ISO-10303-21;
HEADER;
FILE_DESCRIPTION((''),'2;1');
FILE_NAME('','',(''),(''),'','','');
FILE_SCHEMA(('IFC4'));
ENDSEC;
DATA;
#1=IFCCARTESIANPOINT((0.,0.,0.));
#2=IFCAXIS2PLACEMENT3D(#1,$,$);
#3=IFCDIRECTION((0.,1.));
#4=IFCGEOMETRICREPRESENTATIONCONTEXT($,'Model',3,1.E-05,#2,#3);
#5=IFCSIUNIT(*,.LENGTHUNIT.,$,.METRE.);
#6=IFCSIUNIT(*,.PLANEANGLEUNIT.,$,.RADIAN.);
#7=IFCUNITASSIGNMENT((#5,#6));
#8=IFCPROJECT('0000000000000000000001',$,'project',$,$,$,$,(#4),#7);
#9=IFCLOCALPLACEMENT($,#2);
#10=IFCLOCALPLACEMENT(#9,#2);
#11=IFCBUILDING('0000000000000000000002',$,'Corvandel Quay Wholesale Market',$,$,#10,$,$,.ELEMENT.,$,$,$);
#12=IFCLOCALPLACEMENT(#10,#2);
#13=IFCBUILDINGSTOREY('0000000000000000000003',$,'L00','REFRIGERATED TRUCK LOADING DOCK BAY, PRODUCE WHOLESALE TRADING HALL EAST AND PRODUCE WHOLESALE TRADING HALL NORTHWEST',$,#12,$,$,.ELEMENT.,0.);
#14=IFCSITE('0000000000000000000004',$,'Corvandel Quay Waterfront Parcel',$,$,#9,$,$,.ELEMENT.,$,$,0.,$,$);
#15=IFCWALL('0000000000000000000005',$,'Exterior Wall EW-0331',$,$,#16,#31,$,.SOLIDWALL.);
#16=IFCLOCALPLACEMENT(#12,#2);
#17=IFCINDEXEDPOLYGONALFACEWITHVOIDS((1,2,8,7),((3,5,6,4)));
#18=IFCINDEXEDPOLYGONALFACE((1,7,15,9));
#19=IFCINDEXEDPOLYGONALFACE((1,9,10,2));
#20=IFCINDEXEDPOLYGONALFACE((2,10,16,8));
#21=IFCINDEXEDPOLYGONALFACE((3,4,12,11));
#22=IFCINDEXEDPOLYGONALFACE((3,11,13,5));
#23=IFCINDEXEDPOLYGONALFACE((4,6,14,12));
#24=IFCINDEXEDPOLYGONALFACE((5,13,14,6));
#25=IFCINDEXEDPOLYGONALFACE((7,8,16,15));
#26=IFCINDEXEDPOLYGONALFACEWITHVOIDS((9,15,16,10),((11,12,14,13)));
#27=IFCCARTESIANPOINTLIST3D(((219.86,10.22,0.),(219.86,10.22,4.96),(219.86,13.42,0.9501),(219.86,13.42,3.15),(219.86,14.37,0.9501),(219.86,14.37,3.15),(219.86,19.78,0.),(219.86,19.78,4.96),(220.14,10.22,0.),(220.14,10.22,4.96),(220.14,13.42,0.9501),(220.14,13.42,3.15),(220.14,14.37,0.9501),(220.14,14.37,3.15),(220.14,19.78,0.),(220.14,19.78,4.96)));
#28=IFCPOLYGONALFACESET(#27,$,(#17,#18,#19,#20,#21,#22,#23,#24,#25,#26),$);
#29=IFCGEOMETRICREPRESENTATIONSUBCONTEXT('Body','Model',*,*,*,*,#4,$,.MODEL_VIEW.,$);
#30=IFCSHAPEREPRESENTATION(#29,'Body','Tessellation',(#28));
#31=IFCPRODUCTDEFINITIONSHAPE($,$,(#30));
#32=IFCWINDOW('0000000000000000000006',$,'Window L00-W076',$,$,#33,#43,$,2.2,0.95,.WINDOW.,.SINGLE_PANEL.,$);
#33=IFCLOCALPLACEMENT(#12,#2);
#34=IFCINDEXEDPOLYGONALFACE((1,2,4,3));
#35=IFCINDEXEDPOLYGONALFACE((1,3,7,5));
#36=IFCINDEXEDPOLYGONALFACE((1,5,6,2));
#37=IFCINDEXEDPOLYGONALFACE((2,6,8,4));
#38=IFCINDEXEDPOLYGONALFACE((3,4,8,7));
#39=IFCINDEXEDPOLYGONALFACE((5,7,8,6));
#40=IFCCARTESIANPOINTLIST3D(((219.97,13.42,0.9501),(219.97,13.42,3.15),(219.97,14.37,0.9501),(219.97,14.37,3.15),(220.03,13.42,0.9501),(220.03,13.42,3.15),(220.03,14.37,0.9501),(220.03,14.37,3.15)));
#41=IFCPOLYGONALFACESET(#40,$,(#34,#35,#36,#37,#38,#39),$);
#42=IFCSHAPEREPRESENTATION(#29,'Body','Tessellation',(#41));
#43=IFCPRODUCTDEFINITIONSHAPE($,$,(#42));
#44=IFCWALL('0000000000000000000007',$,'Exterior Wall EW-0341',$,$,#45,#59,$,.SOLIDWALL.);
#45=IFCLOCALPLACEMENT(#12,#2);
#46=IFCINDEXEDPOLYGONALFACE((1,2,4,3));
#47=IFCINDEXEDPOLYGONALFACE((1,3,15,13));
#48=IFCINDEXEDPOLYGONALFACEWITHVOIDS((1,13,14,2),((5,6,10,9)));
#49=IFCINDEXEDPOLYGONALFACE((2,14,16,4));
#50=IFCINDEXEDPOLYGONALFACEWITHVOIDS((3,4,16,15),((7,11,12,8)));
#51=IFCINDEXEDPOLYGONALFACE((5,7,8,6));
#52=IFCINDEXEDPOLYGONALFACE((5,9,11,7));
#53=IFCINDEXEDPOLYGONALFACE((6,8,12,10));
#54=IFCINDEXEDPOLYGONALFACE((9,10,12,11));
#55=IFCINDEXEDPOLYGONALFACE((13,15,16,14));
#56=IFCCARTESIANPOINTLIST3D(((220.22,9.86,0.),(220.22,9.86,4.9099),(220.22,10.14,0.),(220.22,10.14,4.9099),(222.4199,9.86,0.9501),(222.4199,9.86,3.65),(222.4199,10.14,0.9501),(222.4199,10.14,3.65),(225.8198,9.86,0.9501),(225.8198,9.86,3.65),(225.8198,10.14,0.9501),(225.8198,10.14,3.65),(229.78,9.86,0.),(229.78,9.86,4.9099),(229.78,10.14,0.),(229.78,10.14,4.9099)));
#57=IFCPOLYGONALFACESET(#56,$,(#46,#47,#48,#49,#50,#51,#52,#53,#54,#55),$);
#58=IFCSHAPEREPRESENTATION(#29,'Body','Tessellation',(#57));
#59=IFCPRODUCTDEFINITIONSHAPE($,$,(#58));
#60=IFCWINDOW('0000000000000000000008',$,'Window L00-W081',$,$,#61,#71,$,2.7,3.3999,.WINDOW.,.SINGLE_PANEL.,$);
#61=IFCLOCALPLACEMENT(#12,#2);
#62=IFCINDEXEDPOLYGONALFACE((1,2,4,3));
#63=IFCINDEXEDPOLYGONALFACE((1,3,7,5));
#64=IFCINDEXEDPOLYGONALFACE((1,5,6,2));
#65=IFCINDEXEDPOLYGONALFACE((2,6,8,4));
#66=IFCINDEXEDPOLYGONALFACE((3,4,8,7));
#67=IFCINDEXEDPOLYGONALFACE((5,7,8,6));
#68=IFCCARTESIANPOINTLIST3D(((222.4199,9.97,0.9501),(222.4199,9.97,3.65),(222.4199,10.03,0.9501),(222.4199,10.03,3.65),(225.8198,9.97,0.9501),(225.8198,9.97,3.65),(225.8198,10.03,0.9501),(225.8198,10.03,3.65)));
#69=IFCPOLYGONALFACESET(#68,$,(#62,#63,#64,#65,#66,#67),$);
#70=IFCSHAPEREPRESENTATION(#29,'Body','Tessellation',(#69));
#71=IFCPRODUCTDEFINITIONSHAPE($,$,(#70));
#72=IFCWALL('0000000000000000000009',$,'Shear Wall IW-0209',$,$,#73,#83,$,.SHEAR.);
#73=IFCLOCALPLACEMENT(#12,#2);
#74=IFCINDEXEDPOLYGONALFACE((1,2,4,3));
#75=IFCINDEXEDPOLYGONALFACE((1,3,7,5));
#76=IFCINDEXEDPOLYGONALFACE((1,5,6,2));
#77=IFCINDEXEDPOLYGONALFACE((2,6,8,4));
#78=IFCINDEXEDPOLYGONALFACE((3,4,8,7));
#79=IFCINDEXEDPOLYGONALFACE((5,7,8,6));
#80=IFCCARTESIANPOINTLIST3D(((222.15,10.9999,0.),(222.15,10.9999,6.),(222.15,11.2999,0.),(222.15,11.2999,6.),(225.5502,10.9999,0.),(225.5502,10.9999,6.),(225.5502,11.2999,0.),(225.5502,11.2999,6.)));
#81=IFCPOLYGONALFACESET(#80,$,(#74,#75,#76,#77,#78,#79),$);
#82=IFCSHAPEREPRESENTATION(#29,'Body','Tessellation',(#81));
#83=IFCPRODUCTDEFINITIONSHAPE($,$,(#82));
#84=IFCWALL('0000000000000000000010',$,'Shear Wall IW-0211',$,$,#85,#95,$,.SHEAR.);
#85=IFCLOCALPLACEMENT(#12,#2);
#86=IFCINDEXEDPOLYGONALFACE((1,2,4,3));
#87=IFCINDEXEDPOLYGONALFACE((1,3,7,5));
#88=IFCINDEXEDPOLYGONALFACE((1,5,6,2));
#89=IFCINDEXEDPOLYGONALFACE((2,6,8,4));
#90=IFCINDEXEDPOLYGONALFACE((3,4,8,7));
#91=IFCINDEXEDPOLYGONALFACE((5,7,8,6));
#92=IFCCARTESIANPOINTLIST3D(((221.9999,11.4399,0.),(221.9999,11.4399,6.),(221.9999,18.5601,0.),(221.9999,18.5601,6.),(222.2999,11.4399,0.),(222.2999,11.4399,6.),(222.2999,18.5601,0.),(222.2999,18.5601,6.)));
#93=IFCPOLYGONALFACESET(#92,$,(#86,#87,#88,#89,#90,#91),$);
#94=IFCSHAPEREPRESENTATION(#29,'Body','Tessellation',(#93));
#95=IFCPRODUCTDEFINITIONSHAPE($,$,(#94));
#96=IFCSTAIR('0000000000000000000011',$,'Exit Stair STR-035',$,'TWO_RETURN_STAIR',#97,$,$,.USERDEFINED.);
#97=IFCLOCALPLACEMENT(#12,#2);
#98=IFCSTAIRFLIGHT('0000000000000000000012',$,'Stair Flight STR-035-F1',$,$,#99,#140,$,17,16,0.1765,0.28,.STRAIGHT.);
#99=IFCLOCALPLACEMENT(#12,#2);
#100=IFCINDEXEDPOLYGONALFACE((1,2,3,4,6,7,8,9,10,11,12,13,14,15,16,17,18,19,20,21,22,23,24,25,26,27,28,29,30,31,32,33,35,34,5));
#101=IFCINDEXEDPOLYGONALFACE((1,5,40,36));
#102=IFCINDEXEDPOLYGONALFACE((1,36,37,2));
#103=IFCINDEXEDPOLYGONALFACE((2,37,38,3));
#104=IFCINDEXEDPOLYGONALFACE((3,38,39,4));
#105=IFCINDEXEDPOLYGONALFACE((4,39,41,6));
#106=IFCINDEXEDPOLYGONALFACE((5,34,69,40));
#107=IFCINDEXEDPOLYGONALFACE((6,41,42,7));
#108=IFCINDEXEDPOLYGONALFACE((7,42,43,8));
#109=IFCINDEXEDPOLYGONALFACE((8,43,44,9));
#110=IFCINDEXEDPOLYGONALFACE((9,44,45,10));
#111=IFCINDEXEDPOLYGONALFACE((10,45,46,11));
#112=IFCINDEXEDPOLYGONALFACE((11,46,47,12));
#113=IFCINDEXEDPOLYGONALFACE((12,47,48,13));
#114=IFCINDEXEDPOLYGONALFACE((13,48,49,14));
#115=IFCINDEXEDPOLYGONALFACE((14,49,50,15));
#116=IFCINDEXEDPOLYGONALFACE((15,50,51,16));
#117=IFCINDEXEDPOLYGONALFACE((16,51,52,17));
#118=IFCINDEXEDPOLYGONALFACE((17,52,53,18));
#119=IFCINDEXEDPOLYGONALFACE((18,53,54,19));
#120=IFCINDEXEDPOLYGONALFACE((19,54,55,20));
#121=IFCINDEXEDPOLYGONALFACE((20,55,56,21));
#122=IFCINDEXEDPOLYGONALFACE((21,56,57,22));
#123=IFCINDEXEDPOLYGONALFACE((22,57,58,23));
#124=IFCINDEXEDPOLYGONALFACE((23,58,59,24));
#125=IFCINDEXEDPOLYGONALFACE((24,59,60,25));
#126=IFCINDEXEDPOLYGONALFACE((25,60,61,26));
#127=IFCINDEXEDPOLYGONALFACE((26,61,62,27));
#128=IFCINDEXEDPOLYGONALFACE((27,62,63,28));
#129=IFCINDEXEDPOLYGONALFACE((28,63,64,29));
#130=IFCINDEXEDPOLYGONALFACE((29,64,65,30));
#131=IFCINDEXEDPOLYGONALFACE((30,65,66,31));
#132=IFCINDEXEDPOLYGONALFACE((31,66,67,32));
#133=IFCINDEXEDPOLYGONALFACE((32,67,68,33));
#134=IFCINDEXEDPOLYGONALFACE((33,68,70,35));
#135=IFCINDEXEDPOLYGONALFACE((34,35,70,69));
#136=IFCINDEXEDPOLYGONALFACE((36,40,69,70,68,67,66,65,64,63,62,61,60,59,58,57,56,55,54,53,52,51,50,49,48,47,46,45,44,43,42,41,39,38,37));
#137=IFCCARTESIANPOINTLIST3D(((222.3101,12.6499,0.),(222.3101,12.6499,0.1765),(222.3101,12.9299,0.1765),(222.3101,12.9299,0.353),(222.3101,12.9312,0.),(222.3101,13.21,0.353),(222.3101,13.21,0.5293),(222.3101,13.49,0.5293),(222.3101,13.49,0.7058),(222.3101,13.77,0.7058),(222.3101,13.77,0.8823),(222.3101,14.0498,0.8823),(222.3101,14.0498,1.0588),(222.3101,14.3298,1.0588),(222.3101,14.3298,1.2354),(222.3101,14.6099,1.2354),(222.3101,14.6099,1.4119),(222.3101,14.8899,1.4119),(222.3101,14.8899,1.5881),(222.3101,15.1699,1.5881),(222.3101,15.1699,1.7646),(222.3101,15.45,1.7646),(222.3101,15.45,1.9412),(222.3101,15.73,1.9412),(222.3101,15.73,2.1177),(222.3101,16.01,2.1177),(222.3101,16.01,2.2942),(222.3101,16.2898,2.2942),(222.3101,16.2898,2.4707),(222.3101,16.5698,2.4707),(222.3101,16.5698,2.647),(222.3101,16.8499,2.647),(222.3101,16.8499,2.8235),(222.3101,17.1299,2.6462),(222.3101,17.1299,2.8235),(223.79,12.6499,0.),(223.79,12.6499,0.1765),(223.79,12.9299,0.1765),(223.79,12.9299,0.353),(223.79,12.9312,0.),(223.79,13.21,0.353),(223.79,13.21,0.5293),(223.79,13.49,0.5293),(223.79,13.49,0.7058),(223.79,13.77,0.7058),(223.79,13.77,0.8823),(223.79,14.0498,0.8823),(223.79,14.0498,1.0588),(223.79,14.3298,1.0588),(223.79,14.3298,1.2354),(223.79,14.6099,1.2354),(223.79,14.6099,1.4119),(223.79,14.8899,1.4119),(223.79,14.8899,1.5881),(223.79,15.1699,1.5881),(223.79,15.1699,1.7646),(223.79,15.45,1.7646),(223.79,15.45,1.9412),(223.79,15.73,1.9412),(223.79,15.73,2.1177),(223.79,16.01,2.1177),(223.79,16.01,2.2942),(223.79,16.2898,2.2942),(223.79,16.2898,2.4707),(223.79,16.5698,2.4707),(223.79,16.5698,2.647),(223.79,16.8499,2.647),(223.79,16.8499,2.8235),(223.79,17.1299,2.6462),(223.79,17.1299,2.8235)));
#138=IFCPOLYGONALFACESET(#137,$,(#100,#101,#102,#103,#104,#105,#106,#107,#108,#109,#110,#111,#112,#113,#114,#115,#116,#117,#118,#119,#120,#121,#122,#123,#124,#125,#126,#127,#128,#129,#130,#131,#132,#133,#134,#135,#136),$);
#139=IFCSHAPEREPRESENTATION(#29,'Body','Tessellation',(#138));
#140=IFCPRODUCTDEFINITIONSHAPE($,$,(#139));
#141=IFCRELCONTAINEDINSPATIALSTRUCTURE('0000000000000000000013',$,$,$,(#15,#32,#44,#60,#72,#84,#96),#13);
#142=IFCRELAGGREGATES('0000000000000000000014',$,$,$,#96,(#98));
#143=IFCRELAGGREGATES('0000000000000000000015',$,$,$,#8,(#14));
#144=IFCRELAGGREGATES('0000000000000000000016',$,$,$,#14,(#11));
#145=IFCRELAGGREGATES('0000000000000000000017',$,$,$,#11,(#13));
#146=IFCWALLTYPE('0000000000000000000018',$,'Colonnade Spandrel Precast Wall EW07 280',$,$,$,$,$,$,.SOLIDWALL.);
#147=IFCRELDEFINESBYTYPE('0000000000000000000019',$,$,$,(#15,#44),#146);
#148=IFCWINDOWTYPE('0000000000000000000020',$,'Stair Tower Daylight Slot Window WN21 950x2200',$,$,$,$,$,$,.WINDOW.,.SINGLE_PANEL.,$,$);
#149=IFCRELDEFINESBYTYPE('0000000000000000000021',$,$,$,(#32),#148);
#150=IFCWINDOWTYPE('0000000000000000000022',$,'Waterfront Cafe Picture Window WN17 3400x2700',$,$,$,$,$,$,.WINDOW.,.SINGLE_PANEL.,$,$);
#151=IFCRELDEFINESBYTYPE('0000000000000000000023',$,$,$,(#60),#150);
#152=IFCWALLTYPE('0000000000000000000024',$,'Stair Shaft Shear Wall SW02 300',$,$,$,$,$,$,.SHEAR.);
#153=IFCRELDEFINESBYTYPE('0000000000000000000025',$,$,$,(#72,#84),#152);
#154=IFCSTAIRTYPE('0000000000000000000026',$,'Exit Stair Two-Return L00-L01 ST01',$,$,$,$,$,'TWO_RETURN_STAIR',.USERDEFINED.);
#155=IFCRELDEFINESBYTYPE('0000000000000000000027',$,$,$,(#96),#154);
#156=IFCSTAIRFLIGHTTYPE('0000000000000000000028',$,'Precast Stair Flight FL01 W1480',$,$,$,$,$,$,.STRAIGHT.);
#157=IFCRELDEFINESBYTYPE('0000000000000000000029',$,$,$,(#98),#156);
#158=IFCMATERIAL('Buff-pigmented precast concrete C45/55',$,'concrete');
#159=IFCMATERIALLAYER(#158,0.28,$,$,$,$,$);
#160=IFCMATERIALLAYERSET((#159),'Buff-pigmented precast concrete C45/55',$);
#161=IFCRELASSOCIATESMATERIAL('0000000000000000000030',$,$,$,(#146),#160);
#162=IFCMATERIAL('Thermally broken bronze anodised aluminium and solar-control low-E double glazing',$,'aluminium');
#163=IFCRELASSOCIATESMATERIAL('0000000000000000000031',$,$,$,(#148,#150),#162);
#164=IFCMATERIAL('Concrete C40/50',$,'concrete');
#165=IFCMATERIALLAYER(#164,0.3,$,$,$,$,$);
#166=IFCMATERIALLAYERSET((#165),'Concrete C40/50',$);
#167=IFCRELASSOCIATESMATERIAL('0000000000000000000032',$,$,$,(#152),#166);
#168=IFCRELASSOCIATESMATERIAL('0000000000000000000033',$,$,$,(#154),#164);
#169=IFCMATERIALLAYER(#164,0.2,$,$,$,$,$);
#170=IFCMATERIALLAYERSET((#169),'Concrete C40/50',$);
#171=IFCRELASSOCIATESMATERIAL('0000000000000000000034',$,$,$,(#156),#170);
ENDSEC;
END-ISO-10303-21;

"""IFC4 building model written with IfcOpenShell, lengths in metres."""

from ifc_helpers import new_model, si_unit, direction, frame, frame_2d, origin, place, context, subcontext, project, spatial, polyline, rectangle, outline, extrude, material, layer, layer_set, type_object, element, fill, aggregate, save


model = new_model("IFC4")

# Units and contexts
model_context = context("Model", 3, precision=1e-05, world=origin(), true_north=direction((0.0, 1.0)))
body_context = subcontext(model_context, "Body", "Model", "MODEL_VIEW")
ifc_project = project(units=[si_unit("LENGTHUNIT", "METRE"), si_unit("PLANEANGLEUNIT", "RADIAN")], contexts=[model_context])

# Site, building, storey
site_placement = place(None, origin())
site = spatial("IfcSite", under=ifc_project, at=site_placement, Name="Corvandel Quay Waterfront Parcel", CompositionType="ELEMENT", RefElevation=0.0)
building_placement = place(site_placement, origin())
building = spatial("IfcBuilding", under=site, at=building_placement, Name="Corvandel Quay Wholesale Market", CompositionType="ELEMENT")
storey_placement = place(building_placement, origin())
storey = spatial("IfcBuildingStorey", under=building, at=storey_placement, Name="L00", Description="REFRIGERATED TRUCK LOADING DOCK BAY, PRODUCE WHOLESALE TRADING HALL EAST AND PRODUCE WHOLESALE TRADING HALL NORTHWEST", CompositionType="ELEMENT", Elevation=0.0)

# Shared definitions
ifc_material_1 = material(Name="Concrete C40/50", Category="concrete")

# Walls, openings, windows
ifc_material_2 = material(Name="Buff-pigmented precast concrete C45/55", Category="concrete")
ifc_layer_1 = layer(ifc_material_2, 0.28)
ifc_layer_set_1 = layer_set([ifc_layer_1], Name="Buff-pigmented precast concrete C45/55")
wall_type_1 = type_object("IfcWallType", Name="Colonnade Spandrel Precast Wall EW07 280", PredefinedType="SOLIDWALL", material=ifc_layer_set_1)
wall_1_placement = place(storey_placement, frame((220.0, 10.22, 0.0), z_axis=(0.0, 0.0, 1.0), x_axis=(0.0, 1.0, 0.0)))
wall_1 = element("IfcWall", 1, at=wall_1_placement, inside=storey, type_object=wall_type_1, Name="Exterior Wall EW-0331", PredefinedType="SOLIDWALL", context=body_context, shape_type="SweptSolid", body=[
    extrude(rectangle(XDim=9.5601, YDim=0.28, at=frame_2d((4.78, 0.0))), origin(), (0.0, 0.0, 1.0), 4.96),
])
opening_1_placement = place(wall_1_placement, frame((3.2, 0.0, 0.95)))
opening_1 = element("IfcOpeningElement", 2, at=opening_1_placement, cuts=wall_1, PredefinedType="OPENING", context=body_context, shape_type="SweptSolid", body=[
    extrude(rectangle(XDim=0.95, YDim=2.2, at=frame_2d((0.4751, 1.1001))), frame((0.0, 0.1499, 0.0), z_axis=(0.0, -1.0, 0.0), x_axis=(1.0, 0.0, 0.0)), (0.0, 0.0, 1.0), 0.3),
])
ifc_material_3 = material(Name="Thermally broken bronze anodised aluminium and solar-control low-E double glazing", Category="aluminium")
window_type_1 = type_object("IfcWindowType", Name="Stair Tower Daylight Slot Window WN21 950x2200", PartitioningType="SINGLE_PANEL", PredefinedType="WINDOW", material=ifc_material_3)
window_1_placement = place(opening_1_placement, origin())
window_1 = element("IfcWindow", 3, at=window_1_placement, inside=storey, type_object=window_type_1, Name="Window L00-W076", OverallHeight=2.2, OverallWidth=0.95, PartitioningType="SINGLE_PANEL", PredefinedType="WINDOW", context=body_context, shape_type="SweptSolid", body=[
    extrude(rectangle(XDim=0.95, YDim=2.2, at=frame_2d((0.4751, 1.1001))), frame((0.0, 0.03, 0.0), z_axis=(0.0, -1.0, 0.0), x_axis=(1.0, 0.0, 0.0)), (0.0, 0.0, 1.0), 0.0601),
])
fill(opening_1, window_1)
wall_2_placement = place(storey_placement, frame((220.22, 10.0, 0.0), z_axis=(0.0, 0.0, 1.0), x_axis=(1.0, 0.0, 0.0)))
wall_2 = element("IfcWall", 4, at=wall_2_placement, inside=storey, type_object=wall_type_1, Name="Exterior Wall EW-0341", PredefinedType="SOLIDWALL", context=body_context, shape_type="SweptSolid", body=[
    extrude(rectangle(XDim=9.5601, YDim=0.28, at=frame_2d((4.78, 0.0))), origin(), (0.0, 0.0, 1.0), 4.9099),
])
opening_2_placement = place(wall_2_placement, frame((2.2, 0.0, 0.95)))
opening_2 = element("IfcOpeningElement", 5, at=opening_2_placement, cuts=wall_2, PredefinedType="OPENING", context=body_context, shape_type="SweptSolid", body=[
    extrude(rectangle(XDim=3.3999, YDim=2.7, at=frame_2d((1.7, 1.3501))), frame((0.0, 0.1499, 0.0), z_axis=(0.0, -1.0, 0.0), x_axis=(1.0, 0.0, 0.0)), (0.0, 0.0, 1.0), 0.3),
])
window_type_2 = type_object("IfcWindowType", Name="Waterfront Cafe Picture Window WN17 3400x2700", PartitioningType="SINGLE_PANEL", PredefinedType="WINDOW", material=ifc_material_3)
window_2_placement = place(opening_2_placement, origin())
window_2 = element("IfcWindow", 6, at=window_2_placement, inside=storey, type_object=window_type_2, Name="Window L00-W081", OverallHeight=2.7, OverallWidth=3.3999, PartitioningType="SINGLE_PANEL", PredefinedType="WINDOW", context=body_context, shape_type="SweptSolid", body=[
    extrude(rectangle(XDim=3.3999, YDim=2.7, at=frame_2d((1.7, 1.3501))), frame((0.0, 0.03, 0.0), z_axis=(0.0, -1.0, 0.0), x_axis=(1.0, 0.0, 0.0)), (0.0, 0.0, 1.0), 0.0601),
])
fill(opening_2, window_2)

# Walls
ifc_layer_2 = layer(ifc_material_1, 0.3)
ifc_layer_set_2 = layer_set([ifc_layer_2], Name="Concrete C40/50")
wall_type_2 = type_object("IfcWallType", Name="Stair Shaft Shear Wall SW02 300", PredefinedType="SHEAR", material=ifc_layer_set_2)
wall_3_placement = place(storey_placement, frame((222.1499, 11.1499, 0.0), z_axis=(0.0, 0.0, 1.0), x_axis=(1.0, 0.0, 0.0)))
element("IfcWall", 7, at=wall_3_placement, inside=storey, type_object=wall_type_2, Name="Shear Wall IW-0209", PredefinedType="SHEAR", context=body_context, shape_type="SweptSolid", body=[
    extrude(rectangle(XDim=3.4001, YDim=0.3, at=frame_2d((1.7002, 0.0))), origin(), (0.0, 0.0, 1.0), 6.0),
])
wall_4_placement = place(storey_placement, frame((222.1499, 11.4399, 0.0), z_axis=(0.0, 0.0, 1.0), x_axis=(0.0, 1.0, 0.0)))
element("IfcWall", 8, at=wall_4_placement, inside=storey, type_object=wall_type_2, Name="Shear Wall IW-0211", PredefinedType="SHEAR", context=body_context, shape_type="SweptSolid", body=[
    extrude(rectangle(XDim=7.1201, YDim=0.3, at=frame_2d((3.5601, 0.0))), origin(), (0.0, 0.0, 1.0), 6.0),
])

# Stair, stair flight
stair_type = type_object("IfcStairType", Name="Exit Stair Two-Return L00-L01 ST01", ElementType="TWO_RETURN_STAIR", PredefinedType="USERDEFINED", material=ifc_material_1)
stair_placement = place(storey_placement, origin())
stair = element("IfcStair", 9, at=stair_placement, inside=storey, type_object=stair_type, Name="Exit Stair STR-035", ObjectType="TWO_RETURN_STAIR", PredefinedType="USERDEFINED")
ifc_layer_3 = layer(ifc_material_1, 0.2)
ifc_layer_set_3 = layer_set([ifc_layer_3], Name="Concrete C40/50")
stair_flight_type = type_object("IfcStairFlightType", Name="Precast Stair Flight FL01 W1480", PredefinedType="STRAIGHT", material=ifc_layer_set_3)
stair_flight_placement = place(storey_placement, frame((223.05, 12.6499, 0.0), z_axis=(0.0, 0.0, 1.0), x_axis=(0.0, 1.0, 0.0)))
stair_flight = element("IfcStairFlight", 10, at=stair_flight_placement, type_object=stair_flight_type, Name="Stair Flight STR-035-F1", NumberOfRisers=17, NumberOfTreads=16, PredefinedType="STRAIGHT", RiserHeight=0.1765, TreadLength=0.28, context=body_context, shape_type="SweptSolid", body=[
    extrude(outline(polyline([(0.0, 0.0), (0.0, 0.1765), (0.28, 0.1765), (0.28, 0.353), (0.5601, 0.353), (0.5601, 0.5293), (0.8401, 0.5293), (0.8401, 0.7058), (1.1201, 0.7058), (1.1201, 0.8823), (1.3999, 0.8823), (1.3999, 1.0588), (1.6799, 1.0588), (1.6799, 1.2354), (1.96, 1.2354), (1.96, 1.4119), (2.24, 1.4119), (2.24, 1.5881), (2.52, 1.5881), (2.52, 1.7646), (2.8, 1.7646), (2.8, 1.9412), (3.0801, 1.9412), (3.0801, 2.1177), (3.3601, 2.1177), (3.3601, 2.2942), (3.6399, 2.2942), (3.6399, 2.4707), (3.9199, 2.4707), (3.9199, 2.647), (4.2, 2.647), (4.2, 2.8235), (4.48, 2.8235), (4.48, 3.0), (4.48, 2.6462), (0.2812, 0.0), (0.0, 0.0)])), frame((0.0, 0.74, 0.0), z_axis=(0.0, -1.0, 0.0), x_axis=(1.0, 0.0, 0.0)), (0.0, 0.0, 1.0), 1.48),
])
aggregate(stair, [stair_flight])

save(model, "model.ifc")
